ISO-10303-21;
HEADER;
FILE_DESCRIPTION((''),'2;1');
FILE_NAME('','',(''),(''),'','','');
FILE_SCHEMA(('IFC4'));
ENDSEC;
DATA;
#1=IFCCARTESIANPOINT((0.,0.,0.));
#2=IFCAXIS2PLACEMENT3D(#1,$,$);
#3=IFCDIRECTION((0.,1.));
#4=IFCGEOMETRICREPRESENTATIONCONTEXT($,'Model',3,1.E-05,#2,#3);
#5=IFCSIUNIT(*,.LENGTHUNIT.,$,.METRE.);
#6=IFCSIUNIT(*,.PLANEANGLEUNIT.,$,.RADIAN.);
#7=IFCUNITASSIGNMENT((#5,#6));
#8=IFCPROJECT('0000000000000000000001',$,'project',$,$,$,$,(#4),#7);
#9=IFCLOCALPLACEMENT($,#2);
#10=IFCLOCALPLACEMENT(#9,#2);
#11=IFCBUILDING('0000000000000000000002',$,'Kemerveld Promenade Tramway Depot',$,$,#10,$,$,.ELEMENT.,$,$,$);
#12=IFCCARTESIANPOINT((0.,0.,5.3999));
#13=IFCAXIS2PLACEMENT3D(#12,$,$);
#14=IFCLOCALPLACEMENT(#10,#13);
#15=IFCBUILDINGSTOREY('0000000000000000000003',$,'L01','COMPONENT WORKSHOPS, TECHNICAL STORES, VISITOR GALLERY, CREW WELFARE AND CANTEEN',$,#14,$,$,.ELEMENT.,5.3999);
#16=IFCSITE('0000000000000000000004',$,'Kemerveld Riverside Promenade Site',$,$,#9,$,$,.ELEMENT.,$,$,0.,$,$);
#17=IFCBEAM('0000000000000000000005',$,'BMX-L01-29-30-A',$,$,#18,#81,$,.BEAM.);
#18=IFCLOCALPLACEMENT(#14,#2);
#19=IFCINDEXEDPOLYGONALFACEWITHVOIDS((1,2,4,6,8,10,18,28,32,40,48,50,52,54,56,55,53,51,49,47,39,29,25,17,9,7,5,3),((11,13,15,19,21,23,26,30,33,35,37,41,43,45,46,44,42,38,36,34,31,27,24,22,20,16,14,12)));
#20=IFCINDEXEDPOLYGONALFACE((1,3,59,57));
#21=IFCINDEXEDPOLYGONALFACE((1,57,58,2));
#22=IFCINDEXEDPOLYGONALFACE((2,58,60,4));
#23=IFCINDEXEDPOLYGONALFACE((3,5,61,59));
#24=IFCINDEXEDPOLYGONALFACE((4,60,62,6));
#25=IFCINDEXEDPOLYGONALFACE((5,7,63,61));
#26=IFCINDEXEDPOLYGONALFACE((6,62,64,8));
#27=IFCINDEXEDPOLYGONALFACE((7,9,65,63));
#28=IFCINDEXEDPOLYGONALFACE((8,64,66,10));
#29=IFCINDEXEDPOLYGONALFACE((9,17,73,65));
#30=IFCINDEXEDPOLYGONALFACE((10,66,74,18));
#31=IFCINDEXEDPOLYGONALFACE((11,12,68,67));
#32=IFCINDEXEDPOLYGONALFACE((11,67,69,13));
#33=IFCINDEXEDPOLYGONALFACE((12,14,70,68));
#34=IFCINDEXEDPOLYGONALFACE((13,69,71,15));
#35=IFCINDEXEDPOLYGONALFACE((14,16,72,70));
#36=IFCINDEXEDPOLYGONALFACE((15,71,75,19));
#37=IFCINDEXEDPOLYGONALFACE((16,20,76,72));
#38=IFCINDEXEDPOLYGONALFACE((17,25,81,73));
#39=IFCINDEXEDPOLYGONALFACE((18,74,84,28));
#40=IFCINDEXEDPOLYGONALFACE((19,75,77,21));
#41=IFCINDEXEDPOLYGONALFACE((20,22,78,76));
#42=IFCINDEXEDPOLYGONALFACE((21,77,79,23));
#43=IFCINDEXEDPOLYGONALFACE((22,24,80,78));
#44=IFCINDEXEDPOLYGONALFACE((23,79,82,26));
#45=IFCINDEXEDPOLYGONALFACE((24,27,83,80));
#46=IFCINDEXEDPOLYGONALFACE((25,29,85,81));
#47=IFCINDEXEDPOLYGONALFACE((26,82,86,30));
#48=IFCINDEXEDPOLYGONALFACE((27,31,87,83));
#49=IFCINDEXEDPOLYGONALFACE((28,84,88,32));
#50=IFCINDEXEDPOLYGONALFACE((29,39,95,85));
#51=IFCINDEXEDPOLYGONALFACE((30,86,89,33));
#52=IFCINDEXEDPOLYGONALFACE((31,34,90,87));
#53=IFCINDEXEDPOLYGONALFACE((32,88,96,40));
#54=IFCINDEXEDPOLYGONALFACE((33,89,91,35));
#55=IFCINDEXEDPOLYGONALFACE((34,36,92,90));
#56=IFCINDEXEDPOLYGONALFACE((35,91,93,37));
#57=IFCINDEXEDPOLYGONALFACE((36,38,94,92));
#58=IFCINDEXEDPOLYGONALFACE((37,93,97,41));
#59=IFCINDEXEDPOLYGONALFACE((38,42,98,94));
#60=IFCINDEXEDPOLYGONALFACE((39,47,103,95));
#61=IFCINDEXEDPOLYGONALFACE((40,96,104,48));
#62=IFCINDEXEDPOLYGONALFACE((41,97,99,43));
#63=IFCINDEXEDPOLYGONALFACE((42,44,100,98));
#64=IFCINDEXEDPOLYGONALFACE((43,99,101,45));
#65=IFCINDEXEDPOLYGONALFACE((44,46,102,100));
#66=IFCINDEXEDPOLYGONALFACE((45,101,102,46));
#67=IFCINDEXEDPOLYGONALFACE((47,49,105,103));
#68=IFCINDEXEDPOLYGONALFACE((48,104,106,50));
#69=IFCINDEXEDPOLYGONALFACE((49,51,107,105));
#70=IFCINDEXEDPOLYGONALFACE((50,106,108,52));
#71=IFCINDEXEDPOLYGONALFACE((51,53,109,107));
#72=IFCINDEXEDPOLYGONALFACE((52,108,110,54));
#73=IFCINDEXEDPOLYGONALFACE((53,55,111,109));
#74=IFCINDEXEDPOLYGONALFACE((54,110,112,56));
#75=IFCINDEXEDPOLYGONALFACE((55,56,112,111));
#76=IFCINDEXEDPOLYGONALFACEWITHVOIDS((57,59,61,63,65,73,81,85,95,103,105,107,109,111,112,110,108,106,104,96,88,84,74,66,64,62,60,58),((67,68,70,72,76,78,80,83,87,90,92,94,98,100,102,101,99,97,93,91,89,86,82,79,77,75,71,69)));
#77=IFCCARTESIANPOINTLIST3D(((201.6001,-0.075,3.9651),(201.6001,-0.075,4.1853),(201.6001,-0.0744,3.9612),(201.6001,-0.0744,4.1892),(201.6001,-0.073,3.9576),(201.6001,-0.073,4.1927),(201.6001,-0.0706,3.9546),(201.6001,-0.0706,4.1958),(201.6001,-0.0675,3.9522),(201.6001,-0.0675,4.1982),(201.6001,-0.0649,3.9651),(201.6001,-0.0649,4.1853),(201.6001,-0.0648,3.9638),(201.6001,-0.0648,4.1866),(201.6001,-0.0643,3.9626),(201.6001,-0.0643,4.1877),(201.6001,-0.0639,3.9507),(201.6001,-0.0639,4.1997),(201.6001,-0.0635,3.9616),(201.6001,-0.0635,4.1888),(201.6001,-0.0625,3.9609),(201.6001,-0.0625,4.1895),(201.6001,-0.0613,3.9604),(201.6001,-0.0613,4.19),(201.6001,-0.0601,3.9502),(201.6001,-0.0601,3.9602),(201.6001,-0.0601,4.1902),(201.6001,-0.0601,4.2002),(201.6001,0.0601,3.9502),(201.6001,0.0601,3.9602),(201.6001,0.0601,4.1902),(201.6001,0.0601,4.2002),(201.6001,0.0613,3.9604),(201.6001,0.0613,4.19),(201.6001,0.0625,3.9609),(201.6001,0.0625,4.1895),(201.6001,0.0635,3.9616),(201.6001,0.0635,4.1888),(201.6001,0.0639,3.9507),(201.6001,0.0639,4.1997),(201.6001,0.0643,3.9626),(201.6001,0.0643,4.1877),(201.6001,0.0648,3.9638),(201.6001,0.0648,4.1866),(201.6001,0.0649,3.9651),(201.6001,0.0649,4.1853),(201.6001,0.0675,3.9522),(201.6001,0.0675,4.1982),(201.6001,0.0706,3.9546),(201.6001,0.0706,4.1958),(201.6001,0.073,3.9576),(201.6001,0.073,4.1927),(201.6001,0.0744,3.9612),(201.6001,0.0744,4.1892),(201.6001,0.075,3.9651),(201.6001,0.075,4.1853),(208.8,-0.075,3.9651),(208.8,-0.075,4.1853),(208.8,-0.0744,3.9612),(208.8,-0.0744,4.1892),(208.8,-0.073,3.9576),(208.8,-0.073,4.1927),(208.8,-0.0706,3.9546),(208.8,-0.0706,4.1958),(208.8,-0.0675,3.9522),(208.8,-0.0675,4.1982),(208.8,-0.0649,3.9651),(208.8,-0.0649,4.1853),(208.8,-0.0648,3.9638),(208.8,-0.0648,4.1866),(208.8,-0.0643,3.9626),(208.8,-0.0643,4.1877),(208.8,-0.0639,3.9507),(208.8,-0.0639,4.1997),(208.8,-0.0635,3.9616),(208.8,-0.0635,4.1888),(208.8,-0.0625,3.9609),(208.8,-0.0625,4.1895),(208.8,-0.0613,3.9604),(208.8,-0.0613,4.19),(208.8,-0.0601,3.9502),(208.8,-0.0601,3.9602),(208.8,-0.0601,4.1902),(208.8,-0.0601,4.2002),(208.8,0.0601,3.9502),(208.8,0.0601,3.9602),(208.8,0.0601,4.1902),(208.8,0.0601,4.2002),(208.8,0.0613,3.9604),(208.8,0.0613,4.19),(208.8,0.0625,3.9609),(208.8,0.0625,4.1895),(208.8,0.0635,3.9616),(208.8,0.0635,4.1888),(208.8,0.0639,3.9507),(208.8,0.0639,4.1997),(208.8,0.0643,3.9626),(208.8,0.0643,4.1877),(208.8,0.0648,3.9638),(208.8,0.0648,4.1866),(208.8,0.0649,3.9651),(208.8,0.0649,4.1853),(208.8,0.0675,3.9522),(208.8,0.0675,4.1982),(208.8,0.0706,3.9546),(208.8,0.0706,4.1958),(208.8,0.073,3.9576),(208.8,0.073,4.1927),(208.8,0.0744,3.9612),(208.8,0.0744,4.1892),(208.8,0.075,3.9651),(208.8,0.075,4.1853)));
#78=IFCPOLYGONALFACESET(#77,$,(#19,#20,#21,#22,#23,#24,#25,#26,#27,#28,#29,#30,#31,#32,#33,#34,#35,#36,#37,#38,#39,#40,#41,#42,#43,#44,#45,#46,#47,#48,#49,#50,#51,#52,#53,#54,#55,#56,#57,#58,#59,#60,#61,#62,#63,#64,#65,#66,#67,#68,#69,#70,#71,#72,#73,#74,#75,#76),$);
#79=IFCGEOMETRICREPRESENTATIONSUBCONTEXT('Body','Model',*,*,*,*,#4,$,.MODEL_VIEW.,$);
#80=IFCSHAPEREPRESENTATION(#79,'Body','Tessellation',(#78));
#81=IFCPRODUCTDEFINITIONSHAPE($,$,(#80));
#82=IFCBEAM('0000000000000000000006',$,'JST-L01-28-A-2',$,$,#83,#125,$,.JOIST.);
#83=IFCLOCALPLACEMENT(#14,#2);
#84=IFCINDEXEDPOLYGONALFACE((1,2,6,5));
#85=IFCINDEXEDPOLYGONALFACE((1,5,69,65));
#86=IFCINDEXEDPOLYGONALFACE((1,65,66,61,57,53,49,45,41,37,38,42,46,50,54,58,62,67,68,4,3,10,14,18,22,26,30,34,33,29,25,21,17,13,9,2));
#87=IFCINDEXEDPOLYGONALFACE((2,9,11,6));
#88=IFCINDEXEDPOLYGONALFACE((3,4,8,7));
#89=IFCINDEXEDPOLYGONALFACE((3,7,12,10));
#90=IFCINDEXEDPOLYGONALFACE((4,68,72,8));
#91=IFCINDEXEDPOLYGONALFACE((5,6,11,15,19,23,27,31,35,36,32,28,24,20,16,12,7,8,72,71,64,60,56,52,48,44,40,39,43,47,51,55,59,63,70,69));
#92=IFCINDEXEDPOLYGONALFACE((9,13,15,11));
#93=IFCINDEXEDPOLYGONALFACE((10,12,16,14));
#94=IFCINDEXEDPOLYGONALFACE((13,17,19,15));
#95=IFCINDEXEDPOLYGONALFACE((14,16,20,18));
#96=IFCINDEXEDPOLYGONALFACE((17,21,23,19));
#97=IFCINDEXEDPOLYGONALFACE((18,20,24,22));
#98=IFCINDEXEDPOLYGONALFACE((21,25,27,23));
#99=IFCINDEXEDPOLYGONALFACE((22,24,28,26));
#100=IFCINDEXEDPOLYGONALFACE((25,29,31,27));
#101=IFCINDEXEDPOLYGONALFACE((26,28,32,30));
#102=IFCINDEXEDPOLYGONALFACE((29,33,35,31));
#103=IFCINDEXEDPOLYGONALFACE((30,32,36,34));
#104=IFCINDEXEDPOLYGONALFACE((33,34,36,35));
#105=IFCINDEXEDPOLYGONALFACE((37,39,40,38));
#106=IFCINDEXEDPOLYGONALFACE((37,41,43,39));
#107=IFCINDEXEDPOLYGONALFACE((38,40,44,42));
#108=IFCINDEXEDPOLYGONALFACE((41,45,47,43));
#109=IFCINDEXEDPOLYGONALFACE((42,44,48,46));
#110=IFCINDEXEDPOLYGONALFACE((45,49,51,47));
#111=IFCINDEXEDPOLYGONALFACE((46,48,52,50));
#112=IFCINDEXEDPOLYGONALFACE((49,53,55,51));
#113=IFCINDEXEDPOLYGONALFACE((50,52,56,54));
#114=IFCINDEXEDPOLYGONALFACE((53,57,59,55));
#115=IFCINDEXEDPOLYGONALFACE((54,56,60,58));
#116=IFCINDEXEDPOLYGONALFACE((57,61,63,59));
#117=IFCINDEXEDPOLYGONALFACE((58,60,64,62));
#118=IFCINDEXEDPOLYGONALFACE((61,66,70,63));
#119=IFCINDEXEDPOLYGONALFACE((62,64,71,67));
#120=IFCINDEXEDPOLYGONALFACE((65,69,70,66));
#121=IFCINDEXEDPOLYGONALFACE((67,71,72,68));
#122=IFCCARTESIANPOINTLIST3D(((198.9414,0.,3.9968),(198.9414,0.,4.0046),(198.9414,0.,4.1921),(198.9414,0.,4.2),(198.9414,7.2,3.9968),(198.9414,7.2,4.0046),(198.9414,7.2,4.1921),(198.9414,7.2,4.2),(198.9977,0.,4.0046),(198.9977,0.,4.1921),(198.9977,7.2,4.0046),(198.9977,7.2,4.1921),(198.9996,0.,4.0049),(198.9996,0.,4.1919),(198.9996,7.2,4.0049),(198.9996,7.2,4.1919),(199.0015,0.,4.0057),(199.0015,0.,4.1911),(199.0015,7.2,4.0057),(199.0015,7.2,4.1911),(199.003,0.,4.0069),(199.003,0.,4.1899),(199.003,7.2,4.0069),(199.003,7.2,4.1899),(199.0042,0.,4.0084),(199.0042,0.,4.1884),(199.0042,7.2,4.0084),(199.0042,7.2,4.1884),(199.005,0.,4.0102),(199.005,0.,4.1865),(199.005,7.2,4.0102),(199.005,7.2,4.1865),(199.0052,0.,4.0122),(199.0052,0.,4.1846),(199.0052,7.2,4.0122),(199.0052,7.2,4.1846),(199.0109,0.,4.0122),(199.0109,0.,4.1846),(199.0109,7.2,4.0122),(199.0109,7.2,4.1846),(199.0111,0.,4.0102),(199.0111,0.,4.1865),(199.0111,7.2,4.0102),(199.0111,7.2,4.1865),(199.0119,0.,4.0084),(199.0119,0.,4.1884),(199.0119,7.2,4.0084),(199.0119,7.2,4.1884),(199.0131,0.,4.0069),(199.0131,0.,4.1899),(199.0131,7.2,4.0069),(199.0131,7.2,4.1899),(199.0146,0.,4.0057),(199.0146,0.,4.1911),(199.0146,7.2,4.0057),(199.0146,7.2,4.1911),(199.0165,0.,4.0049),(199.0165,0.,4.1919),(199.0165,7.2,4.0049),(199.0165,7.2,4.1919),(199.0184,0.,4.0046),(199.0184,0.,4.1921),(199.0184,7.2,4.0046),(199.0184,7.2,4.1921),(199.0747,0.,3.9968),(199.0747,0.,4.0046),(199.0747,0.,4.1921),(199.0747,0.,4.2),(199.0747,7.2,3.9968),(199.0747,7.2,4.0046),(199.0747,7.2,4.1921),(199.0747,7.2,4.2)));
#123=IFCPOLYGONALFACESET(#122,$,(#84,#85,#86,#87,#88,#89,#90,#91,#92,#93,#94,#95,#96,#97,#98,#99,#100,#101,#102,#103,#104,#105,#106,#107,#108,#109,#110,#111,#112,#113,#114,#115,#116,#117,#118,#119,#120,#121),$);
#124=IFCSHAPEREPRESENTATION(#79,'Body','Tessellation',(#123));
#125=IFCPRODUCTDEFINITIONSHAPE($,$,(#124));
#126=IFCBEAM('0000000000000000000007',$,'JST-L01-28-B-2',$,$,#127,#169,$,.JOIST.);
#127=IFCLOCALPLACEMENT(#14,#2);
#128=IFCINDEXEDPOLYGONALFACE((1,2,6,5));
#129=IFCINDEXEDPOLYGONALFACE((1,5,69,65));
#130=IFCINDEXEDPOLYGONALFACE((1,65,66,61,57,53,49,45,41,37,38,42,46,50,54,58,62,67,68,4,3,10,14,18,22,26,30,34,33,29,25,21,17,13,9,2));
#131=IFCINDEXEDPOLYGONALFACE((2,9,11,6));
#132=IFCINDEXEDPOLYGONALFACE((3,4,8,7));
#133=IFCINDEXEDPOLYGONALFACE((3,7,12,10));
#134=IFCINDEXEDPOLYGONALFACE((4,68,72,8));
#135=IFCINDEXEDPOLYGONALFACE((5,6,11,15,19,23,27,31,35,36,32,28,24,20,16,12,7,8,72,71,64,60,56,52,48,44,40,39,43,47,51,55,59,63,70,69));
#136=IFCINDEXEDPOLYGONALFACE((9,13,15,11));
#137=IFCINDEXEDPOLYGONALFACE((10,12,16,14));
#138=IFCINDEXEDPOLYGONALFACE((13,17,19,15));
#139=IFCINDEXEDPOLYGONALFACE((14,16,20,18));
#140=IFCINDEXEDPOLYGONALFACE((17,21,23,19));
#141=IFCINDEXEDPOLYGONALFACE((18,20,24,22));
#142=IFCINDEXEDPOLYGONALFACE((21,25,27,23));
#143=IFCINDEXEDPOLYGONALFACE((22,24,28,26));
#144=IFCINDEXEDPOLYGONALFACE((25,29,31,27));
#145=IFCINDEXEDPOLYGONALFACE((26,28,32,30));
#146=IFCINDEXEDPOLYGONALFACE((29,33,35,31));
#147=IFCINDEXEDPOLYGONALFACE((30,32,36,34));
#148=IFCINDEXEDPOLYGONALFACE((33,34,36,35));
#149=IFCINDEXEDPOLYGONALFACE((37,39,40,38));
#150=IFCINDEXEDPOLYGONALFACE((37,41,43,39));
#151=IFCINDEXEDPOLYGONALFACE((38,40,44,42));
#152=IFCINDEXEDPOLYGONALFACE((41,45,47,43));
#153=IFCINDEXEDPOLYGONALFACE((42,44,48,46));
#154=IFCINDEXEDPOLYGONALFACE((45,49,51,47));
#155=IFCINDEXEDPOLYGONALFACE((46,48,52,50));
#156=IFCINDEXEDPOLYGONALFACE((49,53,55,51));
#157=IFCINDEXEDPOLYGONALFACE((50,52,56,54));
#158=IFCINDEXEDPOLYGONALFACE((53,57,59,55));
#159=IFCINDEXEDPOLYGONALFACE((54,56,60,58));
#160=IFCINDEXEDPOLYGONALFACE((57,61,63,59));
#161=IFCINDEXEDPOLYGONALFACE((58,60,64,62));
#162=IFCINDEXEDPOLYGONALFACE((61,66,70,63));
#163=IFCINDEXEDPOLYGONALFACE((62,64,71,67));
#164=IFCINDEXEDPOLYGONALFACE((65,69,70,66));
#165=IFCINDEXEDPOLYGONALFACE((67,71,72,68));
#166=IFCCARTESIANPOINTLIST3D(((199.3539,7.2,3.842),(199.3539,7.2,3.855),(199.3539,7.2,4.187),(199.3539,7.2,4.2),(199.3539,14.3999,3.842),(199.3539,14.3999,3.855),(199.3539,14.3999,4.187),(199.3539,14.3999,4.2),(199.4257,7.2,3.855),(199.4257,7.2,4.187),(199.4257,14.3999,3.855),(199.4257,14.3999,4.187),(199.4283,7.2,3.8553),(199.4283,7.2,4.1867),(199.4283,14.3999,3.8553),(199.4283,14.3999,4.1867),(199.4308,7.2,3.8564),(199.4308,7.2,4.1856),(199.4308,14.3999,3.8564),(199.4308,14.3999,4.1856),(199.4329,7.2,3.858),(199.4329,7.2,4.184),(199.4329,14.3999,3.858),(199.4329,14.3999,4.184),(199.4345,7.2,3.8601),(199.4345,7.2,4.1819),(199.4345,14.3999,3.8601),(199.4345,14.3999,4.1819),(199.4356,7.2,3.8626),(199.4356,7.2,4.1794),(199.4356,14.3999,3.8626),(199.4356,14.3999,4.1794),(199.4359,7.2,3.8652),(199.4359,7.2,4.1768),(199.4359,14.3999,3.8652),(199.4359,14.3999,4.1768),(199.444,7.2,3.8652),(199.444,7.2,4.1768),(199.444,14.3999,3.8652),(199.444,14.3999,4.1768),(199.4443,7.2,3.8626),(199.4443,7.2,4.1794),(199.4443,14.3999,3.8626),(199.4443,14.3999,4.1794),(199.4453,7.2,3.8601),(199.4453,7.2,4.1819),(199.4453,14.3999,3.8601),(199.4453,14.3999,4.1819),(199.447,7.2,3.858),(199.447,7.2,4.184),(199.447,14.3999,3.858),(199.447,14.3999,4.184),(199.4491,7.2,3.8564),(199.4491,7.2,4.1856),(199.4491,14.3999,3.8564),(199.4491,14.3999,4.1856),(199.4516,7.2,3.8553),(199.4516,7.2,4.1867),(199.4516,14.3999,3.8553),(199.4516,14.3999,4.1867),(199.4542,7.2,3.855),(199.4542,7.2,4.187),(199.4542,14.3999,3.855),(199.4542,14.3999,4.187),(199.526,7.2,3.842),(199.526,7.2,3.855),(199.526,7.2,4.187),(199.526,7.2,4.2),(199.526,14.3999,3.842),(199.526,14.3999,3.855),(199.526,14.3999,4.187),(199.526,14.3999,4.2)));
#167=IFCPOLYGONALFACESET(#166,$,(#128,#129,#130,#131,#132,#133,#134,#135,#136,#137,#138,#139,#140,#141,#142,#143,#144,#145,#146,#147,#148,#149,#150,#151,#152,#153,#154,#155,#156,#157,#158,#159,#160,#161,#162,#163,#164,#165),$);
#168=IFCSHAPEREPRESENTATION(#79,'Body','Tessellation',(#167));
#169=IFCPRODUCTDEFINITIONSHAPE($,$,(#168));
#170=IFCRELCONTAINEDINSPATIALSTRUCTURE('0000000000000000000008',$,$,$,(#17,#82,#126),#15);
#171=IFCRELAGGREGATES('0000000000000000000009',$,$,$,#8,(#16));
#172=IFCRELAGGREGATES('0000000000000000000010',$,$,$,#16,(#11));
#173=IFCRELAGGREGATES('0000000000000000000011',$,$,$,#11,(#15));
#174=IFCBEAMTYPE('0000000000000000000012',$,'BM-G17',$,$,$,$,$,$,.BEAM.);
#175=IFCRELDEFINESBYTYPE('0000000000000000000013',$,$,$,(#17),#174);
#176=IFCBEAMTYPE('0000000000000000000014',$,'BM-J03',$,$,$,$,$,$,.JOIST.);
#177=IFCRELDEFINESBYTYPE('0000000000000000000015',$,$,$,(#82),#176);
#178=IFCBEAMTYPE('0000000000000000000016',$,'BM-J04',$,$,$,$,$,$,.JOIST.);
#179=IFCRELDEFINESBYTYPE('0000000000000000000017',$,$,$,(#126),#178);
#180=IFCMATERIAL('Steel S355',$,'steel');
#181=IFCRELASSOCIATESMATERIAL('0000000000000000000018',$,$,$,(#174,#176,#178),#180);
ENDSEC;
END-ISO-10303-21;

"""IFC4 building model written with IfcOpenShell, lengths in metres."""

from ifc_helpers import new_model, si_unit, direction, frame, origin, origin_2d, place, context, subcontext, project, spatial, hollow_rectangle, i_section, extrude, material, material_profile, profile_set, type_object, element, save


model = new_model("IFC4")

# Units and contexts
model_context = context("Model", 3, precision=1e-05, world=origin(), true_north=direction((0.0, 1.0)))
body_context = subcontext(model_context, "Body", "Model", "MODEL_VIEW")
ifc_project = project(units=[si_unit("LENGTHUNIT", "METRE"), si_unit("PLANEANGLEUNIT", "RADIAN")], contexts=[model_context])

# Site, building, storey
site_placement = place(None, origin())
site = spatial("IfcSite", under=ifc_project, at=site_placement, Name="Kemerveld Riverside Promenade Site", CompositionType="ELEMENT", RefElevation=0.0)
building_placement = place(site_placement, origin())
building = spatial("IfcBuilding", under=site, at=building_placement, Name="Kemerveld Promenade Tramway Depot", CompositionType="ELEMENT")
storey_placement = place(building_placement, frame((0.0, 0.0, 5.3999)))
storey = spatial("IfcBuildingStorey", under=building, at=storey_placement, Name="L01", Description="COMPONENT WORKSHOPS, TECHNICAL STORES, VISITOR GALLERY, CREW WELFARE AND CANTEEN", CompositionType="ELEMENT", Elevation=5.3999)

# Shared definitions
ifc_material_1 = material(Name="Steel S355", Category="steel")

# Beams
ifc_material_profile_1 = material_profile(ifc_material_1, hollow_rectangle(XDim=0.1499, YDim=0.25, WallThickness=0.01, InnerFilletRadius=0.0049, OuterFilletRadius=0.0149, at=origin_2d()), Name="250x150x10.0 RHS")
ifc_profile_set_1 = profile_set([ifc_material_profile_1], Name="Steel S355")
beam_type_1 = type_object("IfcBeamType", Name="BM-G17", PredefinedType="BEAM", material=ifc_profile_set_1)
beam_1_placement = place(storey_placement, frame((201.6001, 0.0, 4.0752), z_axis=(1.0, 0.0, 0.0), x_axis=(0.0, 1.0, 0.0)))
element("IfcBeam", 1, at=beam_1_placement, inside=storey, type_object=beam_type_1, Name="BMX-L01-29-30-A", PredefinedType="BEAM", context=body_context, shape_type="SweptSolid", body=[
    extrude(hollow_rectangle(XDim=0.1499, YDim=0.25, WallThickness=0.01, InnerFilletRadius=0.0049, OuterFilletRadius=0.0149, at=origin_2d()), origin(), (0.0, 0.0, 1.0), 7.2),
])
ifc_material_profile_2 = material_profile(ifc_material_1, i_section(OverallWidth=0.1333, OverallDepth=0.2031, WebThickness=0.0056, FlangeThickness=0.0078, FilletRadius=0.0076, at=origin_2d()), Name="203x133x25 UB")
ifc_profile_set_2 = profile_set([ifc_material_profile_2], Name="Steel S355")
beam_type_2 = type_object("IfcBeamType", Name="BM-J03", PredefinedType="JOIST", material=ifc_profile_set_2)
beam_2_placement = place(storey_placement, frame((199.0081, 0.0, 4.0984), z_axis=(0.0, 1.0, 0.0), x_axis=(-1.0, 0.0, 0.0)))
element("IfcBeam", 2, at=beam_2_placement, inside=storey, type_object=beam_type_2, Name="JST-L01-28-A-2", PredefinedType="JOIST", context=body_context, shape_type="SweptSolid", body=[
    extrude(i_section(OverallWidth=0.1333, OverallDepth=0.2031, WebThickness=0.0056, FlangeThickness=0.0078, FilletRadius=0.0076, at=origin_2d()), origin(), (0.0, 0.0, 1.0), 7.2),
])
ifc_material_profile_3 = material_profile(ifc_material_1, i_section(OverallWidth=0.1721, OverallDepth=0.3579, WebThickness=0.0081, FlangeThickness=0.0129, FilletRadius=0.0103, at=origin_2d()), Name="356x171x57 UB")
ifc_profile_set_3 = profile_set([ifc_material_profile_3], Name="Steel S355")
beam_type_3 = type_object("IfcBeamType", Name="BM-J04", PredefinedType="JOIST", material=ifc_profile_set_3)
beam_3_placement = place(storey_placement, frame((199.4399, 7.2, 4.021), z_axis=(0.0, 1.0, 0.0), x_axis=(-1.0, 0.0, 0.0)))
element("IfcBeam", 3, at=beam_3_placement, inside=storey, type_object=beam_type_3, Name="JST-L01-28-B-2", PredefinedType="JOIST", context=body_context, shape_type="SweptSolid", body=[
    extrude(i_section(OverallWidth=0.1721, OverallDepth=0.3579, WebThickness=0.0081, FlangeThickness=0.0129, FilletRadius=0.0103, at=origin_2d()), origin(), (0.0, 0.0, 1.0), 7.2),
])

save(model, "model.ifc")
